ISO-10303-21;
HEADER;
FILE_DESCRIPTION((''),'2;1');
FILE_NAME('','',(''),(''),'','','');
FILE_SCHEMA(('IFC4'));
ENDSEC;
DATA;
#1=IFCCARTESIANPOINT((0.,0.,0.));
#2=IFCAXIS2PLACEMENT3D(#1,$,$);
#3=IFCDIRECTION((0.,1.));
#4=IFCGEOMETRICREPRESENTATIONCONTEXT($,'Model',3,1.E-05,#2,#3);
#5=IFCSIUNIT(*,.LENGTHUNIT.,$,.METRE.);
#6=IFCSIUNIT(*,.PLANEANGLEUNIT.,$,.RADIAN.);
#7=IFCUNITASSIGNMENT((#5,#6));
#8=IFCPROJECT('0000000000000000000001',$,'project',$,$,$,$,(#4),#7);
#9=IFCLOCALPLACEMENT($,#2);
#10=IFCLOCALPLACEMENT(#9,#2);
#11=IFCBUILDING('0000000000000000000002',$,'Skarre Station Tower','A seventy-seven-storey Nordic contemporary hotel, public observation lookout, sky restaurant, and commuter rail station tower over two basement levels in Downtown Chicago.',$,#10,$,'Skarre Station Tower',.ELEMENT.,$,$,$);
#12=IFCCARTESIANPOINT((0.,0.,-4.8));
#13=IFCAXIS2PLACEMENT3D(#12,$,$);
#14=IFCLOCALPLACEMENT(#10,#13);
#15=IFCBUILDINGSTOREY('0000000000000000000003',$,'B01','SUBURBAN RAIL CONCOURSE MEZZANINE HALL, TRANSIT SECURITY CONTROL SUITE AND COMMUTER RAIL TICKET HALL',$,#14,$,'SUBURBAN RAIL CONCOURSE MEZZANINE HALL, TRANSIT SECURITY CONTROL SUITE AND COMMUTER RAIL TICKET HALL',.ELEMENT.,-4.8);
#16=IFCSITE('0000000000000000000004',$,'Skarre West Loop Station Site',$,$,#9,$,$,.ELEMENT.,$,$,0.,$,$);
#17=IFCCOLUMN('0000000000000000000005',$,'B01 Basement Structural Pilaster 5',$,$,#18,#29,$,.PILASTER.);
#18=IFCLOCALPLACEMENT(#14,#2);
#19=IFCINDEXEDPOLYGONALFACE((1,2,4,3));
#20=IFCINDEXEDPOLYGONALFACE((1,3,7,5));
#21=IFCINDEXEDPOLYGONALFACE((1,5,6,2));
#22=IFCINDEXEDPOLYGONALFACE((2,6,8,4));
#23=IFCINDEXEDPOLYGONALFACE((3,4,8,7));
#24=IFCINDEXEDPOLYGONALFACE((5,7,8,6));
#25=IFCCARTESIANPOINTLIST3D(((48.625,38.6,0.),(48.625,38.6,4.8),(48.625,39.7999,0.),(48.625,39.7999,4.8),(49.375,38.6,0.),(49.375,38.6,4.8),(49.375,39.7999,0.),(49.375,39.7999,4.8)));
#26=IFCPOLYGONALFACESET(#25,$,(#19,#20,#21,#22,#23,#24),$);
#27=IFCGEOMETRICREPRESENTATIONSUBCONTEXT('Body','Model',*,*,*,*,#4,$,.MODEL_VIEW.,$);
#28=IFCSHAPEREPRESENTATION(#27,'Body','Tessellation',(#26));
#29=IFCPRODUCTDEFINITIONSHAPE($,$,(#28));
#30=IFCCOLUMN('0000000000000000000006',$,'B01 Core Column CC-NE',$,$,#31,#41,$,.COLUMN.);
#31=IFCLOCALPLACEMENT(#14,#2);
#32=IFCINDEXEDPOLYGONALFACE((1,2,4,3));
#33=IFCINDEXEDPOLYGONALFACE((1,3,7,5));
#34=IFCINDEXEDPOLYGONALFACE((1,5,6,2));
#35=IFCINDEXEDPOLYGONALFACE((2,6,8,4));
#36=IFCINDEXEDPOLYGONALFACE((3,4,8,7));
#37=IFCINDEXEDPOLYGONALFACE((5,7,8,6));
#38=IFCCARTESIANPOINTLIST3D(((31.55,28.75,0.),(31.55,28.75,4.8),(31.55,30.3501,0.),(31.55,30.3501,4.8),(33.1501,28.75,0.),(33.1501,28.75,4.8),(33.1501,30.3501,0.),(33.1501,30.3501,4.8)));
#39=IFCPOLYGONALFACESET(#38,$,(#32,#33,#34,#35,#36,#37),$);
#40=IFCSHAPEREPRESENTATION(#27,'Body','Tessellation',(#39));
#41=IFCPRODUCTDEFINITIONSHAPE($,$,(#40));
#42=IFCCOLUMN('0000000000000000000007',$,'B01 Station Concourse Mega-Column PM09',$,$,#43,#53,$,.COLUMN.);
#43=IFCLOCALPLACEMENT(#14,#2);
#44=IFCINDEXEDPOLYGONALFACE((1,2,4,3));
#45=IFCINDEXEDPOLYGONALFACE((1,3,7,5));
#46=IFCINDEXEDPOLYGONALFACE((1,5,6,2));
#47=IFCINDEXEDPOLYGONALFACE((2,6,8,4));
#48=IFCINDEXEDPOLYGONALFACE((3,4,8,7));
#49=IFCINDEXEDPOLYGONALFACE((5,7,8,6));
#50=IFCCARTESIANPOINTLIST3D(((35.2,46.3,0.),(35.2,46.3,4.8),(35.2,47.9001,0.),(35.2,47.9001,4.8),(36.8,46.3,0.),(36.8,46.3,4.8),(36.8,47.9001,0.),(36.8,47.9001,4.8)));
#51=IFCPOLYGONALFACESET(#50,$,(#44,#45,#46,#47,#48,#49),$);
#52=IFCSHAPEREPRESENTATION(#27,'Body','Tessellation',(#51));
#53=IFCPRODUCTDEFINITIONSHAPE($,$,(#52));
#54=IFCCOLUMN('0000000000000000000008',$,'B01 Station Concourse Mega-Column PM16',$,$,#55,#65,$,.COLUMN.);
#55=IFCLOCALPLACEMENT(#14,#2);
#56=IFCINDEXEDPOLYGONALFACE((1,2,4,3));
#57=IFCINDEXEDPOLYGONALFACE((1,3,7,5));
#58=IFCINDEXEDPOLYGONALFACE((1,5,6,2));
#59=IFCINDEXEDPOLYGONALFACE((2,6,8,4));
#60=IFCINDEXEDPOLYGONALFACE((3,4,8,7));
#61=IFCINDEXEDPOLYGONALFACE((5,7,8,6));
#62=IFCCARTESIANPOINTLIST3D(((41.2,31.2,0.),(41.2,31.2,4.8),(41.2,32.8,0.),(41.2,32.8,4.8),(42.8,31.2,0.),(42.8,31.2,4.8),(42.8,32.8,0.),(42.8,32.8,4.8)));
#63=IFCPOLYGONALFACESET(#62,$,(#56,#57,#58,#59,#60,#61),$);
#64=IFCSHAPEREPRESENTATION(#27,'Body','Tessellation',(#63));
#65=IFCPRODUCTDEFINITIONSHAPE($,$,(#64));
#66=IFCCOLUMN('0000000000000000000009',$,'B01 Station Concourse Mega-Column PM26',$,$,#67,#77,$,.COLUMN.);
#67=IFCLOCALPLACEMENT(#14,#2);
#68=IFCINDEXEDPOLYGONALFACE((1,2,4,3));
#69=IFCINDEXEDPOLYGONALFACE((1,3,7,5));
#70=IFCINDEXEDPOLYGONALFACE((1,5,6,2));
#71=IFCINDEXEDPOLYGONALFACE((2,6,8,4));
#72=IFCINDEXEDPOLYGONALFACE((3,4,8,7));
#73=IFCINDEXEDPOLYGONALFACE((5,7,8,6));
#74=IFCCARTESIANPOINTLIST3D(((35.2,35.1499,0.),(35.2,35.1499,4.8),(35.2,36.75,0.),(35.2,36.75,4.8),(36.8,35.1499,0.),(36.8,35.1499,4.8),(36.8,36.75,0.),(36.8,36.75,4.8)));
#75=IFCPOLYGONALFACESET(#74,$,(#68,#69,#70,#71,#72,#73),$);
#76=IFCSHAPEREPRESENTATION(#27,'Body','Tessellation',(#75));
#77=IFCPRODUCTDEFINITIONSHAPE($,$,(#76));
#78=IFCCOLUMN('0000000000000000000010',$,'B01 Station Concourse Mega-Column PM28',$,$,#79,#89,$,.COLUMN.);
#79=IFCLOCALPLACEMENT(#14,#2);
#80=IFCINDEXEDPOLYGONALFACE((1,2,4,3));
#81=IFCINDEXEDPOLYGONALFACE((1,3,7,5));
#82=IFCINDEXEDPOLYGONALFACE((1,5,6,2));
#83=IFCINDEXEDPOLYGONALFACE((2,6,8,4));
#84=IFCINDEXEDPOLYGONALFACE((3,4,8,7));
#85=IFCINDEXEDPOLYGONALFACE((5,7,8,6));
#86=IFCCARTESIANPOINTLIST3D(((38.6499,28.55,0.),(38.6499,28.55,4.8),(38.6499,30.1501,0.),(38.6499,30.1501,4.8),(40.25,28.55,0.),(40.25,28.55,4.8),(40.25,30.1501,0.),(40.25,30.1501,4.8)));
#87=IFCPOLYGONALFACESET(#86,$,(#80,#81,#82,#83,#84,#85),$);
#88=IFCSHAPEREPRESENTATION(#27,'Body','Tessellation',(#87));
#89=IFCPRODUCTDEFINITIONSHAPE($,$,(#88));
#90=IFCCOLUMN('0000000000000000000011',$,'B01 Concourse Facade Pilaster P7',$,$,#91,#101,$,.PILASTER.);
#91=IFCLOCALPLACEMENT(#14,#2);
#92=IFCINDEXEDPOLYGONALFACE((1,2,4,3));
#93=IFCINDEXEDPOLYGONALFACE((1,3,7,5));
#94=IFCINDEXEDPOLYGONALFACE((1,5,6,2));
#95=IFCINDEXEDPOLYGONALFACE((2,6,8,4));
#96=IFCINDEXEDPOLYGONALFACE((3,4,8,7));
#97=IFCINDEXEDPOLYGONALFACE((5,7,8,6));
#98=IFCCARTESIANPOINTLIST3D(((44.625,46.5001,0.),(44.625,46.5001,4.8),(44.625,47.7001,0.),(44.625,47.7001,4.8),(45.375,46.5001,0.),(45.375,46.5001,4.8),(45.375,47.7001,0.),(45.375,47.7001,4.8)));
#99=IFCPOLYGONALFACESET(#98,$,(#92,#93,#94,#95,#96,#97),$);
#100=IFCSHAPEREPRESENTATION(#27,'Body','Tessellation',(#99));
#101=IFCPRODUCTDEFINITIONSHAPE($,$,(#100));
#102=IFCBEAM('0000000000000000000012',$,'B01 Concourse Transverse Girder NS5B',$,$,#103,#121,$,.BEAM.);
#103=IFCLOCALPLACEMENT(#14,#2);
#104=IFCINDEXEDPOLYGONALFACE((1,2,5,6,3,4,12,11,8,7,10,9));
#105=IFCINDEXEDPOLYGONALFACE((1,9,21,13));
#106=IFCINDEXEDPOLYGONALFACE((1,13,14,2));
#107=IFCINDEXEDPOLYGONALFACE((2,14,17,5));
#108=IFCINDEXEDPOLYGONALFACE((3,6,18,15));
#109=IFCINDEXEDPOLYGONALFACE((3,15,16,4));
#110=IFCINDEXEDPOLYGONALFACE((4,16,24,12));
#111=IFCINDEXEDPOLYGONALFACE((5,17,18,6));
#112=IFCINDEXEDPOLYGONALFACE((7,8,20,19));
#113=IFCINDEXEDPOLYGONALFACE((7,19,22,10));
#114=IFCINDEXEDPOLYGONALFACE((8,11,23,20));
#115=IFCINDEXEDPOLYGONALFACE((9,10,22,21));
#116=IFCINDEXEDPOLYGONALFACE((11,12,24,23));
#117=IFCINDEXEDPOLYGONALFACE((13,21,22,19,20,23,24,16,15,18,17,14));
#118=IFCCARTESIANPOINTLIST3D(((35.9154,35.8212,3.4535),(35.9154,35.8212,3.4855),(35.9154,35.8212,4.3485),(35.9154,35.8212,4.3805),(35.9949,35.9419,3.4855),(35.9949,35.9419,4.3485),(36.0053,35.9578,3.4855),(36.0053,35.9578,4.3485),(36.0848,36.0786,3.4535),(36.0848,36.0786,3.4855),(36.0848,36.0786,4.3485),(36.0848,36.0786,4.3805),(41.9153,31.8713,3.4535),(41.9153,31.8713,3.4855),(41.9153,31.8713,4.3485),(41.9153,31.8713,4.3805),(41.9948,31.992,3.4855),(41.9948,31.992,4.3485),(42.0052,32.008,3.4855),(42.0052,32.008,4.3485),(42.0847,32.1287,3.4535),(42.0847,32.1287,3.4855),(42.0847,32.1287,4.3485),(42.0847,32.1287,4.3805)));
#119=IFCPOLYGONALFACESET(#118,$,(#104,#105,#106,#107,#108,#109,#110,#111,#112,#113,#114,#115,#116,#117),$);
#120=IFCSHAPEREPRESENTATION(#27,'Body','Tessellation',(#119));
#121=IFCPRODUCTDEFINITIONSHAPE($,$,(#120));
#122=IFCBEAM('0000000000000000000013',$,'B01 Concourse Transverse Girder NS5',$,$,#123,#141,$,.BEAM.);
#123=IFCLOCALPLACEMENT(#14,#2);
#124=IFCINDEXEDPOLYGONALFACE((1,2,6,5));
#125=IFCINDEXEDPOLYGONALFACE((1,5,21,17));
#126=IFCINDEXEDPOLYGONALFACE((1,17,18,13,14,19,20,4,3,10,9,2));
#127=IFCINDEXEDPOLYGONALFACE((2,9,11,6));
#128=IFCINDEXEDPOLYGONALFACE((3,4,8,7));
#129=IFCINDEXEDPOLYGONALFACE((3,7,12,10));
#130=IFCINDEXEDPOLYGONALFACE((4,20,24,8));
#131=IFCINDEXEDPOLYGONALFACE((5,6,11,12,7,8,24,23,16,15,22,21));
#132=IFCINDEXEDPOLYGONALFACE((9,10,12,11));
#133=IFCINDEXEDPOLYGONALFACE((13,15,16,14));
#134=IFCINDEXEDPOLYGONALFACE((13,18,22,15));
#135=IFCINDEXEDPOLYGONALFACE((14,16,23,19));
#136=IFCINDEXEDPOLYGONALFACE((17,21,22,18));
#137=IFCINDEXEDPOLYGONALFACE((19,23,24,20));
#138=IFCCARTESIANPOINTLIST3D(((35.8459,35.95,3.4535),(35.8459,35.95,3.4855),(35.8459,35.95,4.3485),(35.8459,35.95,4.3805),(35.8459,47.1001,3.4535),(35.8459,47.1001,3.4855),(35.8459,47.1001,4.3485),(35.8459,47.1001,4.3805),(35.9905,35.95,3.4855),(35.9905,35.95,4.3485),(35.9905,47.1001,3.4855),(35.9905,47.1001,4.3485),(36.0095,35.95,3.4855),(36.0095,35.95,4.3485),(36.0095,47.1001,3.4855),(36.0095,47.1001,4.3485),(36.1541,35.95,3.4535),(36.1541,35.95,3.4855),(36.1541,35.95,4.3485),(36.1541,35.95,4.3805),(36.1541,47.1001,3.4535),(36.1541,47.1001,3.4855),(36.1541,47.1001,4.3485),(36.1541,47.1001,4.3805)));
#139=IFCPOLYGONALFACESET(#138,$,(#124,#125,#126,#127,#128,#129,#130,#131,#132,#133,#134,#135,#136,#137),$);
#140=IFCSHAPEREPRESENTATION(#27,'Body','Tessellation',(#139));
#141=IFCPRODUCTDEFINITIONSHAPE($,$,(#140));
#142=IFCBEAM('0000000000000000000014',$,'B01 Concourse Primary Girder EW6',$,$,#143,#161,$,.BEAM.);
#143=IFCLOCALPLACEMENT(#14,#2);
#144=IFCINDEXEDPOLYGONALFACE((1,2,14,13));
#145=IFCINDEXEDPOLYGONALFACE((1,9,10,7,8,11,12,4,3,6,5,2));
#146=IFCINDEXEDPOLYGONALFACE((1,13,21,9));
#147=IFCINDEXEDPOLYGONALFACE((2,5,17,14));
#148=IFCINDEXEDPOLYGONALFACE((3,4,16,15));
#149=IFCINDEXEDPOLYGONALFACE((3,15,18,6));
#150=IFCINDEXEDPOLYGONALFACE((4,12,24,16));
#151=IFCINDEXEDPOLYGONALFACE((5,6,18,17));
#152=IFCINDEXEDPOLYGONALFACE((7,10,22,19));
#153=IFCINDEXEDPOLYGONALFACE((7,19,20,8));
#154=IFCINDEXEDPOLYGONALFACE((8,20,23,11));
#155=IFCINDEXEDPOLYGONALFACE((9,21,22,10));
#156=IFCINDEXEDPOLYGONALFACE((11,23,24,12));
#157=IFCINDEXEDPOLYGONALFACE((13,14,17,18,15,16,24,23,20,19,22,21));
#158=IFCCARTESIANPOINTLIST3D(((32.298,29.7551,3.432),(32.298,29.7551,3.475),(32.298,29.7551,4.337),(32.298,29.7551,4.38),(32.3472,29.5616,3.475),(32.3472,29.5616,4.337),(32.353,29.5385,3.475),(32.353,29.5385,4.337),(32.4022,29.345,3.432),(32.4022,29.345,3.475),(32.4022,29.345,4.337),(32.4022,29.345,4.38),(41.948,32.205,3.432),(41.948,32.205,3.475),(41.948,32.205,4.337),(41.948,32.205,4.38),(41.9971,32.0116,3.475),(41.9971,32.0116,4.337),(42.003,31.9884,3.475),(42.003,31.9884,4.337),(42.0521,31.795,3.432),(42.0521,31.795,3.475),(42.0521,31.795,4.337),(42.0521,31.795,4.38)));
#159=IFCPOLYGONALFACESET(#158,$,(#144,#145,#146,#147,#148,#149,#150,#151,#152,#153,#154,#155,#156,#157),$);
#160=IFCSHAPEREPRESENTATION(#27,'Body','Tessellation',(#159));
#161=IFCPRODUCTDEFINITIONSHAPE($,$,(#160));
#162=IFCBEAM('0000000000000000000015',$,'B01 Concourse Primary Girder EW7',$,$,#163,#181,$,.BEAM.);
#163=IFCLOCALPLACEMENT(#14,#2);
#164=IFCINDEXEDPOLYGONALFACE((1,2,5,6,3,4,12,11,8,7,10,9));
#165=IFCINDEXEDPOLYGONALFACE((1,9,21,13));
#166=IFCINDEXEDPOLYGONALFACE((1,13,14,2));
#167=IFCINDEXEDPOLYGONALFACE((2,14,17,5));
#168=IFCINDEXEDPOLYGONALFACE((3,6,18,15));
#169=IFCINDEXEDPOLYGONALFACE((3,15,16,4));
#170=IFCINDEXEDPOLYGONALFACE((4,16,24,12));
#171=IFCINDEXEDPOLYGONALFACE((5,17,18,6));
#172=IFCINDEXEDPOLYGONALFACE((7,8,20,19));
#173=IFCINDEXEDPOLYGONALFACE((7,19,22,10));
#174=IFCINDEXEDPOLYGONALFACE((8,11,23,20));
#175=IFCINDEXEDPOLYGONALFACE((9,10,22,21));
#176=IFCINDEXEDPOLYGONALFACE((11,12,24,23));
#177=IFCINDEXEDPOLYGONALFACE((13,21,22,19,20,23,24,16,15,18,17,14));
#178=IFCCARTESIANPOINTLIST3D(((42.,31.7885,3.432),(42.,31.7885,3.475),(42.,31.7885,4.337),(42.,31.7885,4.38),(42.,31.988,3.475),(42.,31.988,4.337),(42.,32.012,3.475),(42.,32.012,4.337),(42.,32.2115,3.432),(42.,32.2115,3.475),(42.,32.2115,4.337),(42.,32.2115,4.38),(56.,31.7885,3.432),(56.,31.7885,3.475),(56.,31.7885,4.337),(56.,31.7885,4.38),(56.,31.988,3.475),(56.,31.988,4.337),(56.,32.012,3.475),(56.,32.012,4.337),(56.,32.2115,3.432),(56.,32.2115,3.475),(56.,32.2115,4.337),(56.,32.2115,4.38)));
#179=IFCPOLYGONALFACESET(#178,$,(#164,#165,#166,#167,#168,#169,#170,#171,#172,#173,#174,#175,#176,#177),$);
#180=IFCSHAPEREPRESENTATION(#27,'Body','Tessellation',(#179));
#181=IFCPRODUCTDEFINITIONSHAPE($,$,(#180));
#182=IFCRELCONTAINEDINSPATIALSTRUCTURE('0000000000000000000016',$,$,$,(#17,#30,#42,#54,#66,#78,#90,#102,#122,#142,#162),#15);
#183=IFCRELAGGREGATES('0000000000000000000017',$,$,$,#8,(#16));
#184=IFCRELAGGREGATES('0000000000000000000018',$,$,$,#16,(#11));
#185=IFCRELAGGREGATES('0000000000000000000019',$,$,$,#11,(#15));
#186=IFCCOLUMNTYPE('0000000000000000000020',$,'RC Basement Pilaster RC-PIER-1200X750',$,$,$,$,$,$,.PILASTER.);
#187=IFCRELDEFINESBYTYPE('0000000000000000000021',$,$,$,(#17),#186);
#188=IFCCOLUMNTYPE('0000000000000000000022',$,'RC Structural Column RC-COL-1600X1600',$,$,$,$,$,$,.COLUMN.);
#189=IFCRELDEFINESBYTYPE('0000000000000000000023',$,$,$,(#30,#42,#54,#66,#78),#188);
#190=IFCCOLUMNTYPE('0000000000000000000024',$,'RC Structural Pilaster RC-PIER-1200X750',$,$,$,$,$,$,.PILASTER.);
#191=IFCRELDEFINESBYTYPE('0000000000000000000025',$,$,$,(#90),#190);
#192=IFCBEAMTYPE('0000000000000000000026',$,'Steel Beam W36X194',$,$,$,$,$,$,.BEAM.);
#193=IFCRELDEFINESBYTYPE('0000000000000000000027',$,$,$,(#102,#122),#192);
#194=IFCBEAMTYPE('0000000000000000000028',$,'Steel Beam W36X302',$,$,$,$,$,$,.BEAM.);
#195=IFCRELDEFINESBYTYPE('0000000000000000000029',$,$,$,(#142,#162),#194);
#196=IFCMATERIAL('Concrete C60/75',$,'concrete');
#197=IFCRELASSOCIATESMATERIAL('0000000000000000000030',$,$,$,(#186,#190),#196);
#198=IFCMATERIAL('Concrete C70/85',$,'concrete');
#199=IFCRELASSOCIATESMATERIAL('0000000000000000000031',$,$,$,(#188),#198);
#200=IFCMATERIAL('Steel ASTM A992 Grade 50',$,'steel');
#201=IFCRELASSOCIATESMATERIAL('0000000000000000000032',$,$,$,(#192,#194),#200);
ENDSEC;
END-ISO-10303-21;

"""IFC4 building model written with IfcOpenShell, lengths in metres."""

from ifc_helpers import new_model, si_unit, direction, frame, origin, origin_2d, place, context, subcontext, project, spatial, rectangle, i_section, extrude, material, material_profile, profile_set, type_object, element, save


model = new_model("IFC4")

# Units and contexts
model_context = context("Model", 3, precision=1e-05, world=origin(), true_north=direction((0.0, 1.0)))
body_context = subcontext(model_context, "Body", "Model", "MODEL_VIEW")
ifc_project = project(units=[si_unit("LENGTHUNIT", "METRE"), si_unit("PLANEANGLEUNIT", "RADIAN")], contexts=[model_context])

# Site, building, storey
site_placement = place(None, origin())
site = spatial("IfcSite", under=ifc_project, at=site_placement, Name="Skarre West Loop Station Site", CompositionType="ELEMENT", RefElevation=0.0)
building_placement = place(site_placement, origin())
building = spatial("IfcBuilding", under=site, at=building_placement, Name="Skarre Station Tower", Description="A seventy-seven-storey Nordic contemporary hotel, public observation lookout, sky restaurant, and commuter rail station tower over two basement levels in Downtown Chicago.", LongName="Skarre Station Tower", CompositionType="ELEMENT")
storey_placement = place(building_placement, frame((0.0, 0.0, -4.8)))
storey = spatial("IfcBuildingStorey", under=building, at=storey_placement, Name="B01", Description="SUBURBAN RAIL CONCOURSE MEZZANINE HALL, TRANSIT SECURITY CONTROL SUITE AND COMMUTER RAIL TICKET HALL", LongName="SUBURBAN RAIL CONCOURSE MEZZANINE HALL, TRANSIT SECURITY CONTROL SUITE AND COMMUTER RAIL TICKET HALL", CompositionType="ELEMENT", Elevation=-4.8)

# Columns
ifc_material_1 = material(Name="Concrete C60/75", Category="concrete")
ifc_material_profile_1 = material_profile(ifc_material_1, rectangle(XDim=0.75, YDim=1.2, at=origin_2d()), Name="Concrete C60/75")
ifc_profile_set_1 = profile_set([ifc_material_profile_1], Name="Concrete C60/75")
column_type_1 = type_object("IfcColumnType", Name="RC Basement Pilaster RC-PIER-1200X750", PredefinedType="PILASTER", material=ifc_profile_set_1)
column_1_placement = place(storey_placement, frame((49.0, 39.2, 0.0), z_axis=(0.0, 0.0, 1.0), x_axis=(1.0, 0.0, 0.0)))
element("IfcColumn", 1, at=column_1_placement, inside=storey, type_object=column_type_1, Name="B01 Basement Structural Pilaster 5", PredefinedType="PILASTER", context=body_context, shape_type="SweptSolid", body=[
    extrude(rectangle(XDim=0.75, YDim=1.2, at=origin_2d()), origin(), (0.0, 0.0, 1.0), 4.8),
])
ifc_material_2 = material(Name="Concrete C70/85", Category="concrete")
ifc_material_profile_2 = material_profile(ifc_material_2, rectangle(XDim=1.6001, YDim=1.6001, at=origin_2d()), Name="Concrete C70/85")
ifc_profile_set_2 = profile_set([ifc_material_profile_2], Name="Concrete C70/85")
column_type_2 = type_object("IfcColumnType", Name="RC Structural Column RC-COL-1600X1600", PredefinedType="COLUMN", material=ifc_profile_set_2)
for number, where, z_axis, x_axis, name in (
    (2, (32.3501, 29.55, 0.0), (0.0, 0.0, 1.0), (1.0, 0.0, 0.0), "B01 Core Column CC-NE"),
    (3, (36.0, 47.1001, 0.0), (0.0, 0.0, 1.0), (1.0, 0.0, 0.0), "B01 Station Concourse Mega-Column PM09"),
    (4, (42.0, 32.0, 0.0), (0.0, 0.0, 1.0), (1.0, 0.0, 0.0), "B01 Station Concourse Mega-Column PM16"),
    (5, (36.0, 35.95, 0.0), (0.0, 0.0, 1.0), (1.0, 0.0, 0.0), "B01 Station Concourse Mega-Column PM26"),
    (6, (39.45, 29.3501, 0.0), (0.0, 0.0, 1.0), (1.0, 0.0, 0.0), "B01 Station Concourse Mega-Column PM28"),
):
    element("IfcColumn", number, at=place(storey_placement, frame(where, z_axis=z_axis, x_axis=x_axis)), inside=storey, type_object=column_type_2, Name=name, PredefinedType="COLUMN", context=body_context, shape_type="SweptSolid", body=[
        extrude(rectangle(XDim=1.6001, YDim=1.6001, at=origin_2d()), origin(), (0.0, 0.0, 1.0), 4.8),
    ])
ifc_material_profile_3 = material_profile(ifc_material_1, rectangle(XDim=0.75, YDim=1.2, at=origin_2d()), Name="Concrete C60/75")
ifc_profile_set_3 = profile_set([ifc_material_profile_3], Name="Concrete C60/75")
column_type_3 = type_object("IfcColumnType", Name="RC Structural Pilaster RC-PIER-1200X750", PredefinedType="PILASTER", material=ifc_profile_set_3)
column_2_placement = place(storey_placement, frame((45.0, 47.1001, 0.0), z_axis=(0.0, 0.0, 1.0), x_axis=(1.0, 0.0, 0.0)))
element("IfcColumn", 7, at=column_2_placement, inside=storey, type_object=column_type_3, Name="B01 Concourse Facade Pilaster P7", PredefinedType="PILASTER", context=body_context, shape_type="SweptSolid", body=[
    extrude(rectangle(XDim=0.75, YDim=1.2, at=origin_2d()), origin(), (0.0, 0.0, 1.0), 4.8),
])

# Beams
ifc_material_3 = material(Name="Steel ASTM A992 Grade 50", Category="steel")
ifc_material_profile_4 = material_profile(ifc_material_3, i_section(OverallWidth=0.3081, OverallDepth=0.927, WebThickness=0.019, FlangeThickness=0.032, at=origin_2d()), Name="Steel ASTM A992 Grade 50")
ifc_profile_set_4 = profile_set([ifc_material_profile_4], Name="Steel ASTM A992 Grade 50")
beam_type_1 = type_object("IfcBeamType", Name="Steel Beam W36X194", PredefinedType="BEAM", material=ifc_profile_set_4)
beam_1_placement = place(storey_placement, frame((42.0, 32.0, 3.917), z_axis=(-0.835252, 0.549867, 0.0), x_axis=(-0.549867, -0.835252, 0.0)))
element("IfcBeam", 8, at=beam_1_placement, inside=storey, type_object=beam_type_1, Name="B01 Concourse Transverse Girder NS5B", PredefinedType="BEAM", context=body_context, shape_type="SweptSolid", body=[
    extrude(i_section(OverallWidth=0.3081, OverallDepth=0.927, WebThickness=0.019, FlangeThickness=0.032, at=origin_2d()), origin(), (0.0, 0.0, 1.0), 7.1833),
])
beam_2_placement = place(storey_placement, frame((36.0, 35.95, 3.917), z_axis=(0.0, 1.0, 0.0), x_axis=(-1.0, 0.0, 0.0)))
element("IfcBeam", 9, at=beam_2_placement, inside=storey, type_object=beam_type_1, Name="B01 Concourse Transverse Girder NS5", PredefinedType="BEAM", context=body_context, shape_type="SweptSolid", body=[
    extrude(i_section(OverallWidth=0.3081, OverallDepth=0.927, WebThickness=0.019, FlangeThickness=0.032, at=origin_2d()), origin(), (0.0, 0.0, 1.0), 11.1501),
])
ifc_material_profile_5 = material_profile(ifc_material_3, i_section(OverallWidth=0.4231, OverallDepth=0.948, WebThickness=0.0239, FlangeThickness=0.043, at=origin_2d()), Name="Steel ASTM A992 Grade 50")
ifc_profile_set_5 = profile_set([ifc_material_profile_5], Name="Steel ASTM A992 Grade 50")
beam_type_2 = type_object("IfcBeamType", Name="Steel Beam W36X302", PredefinedType="BEAM", material=ifc_profile_set_5)
beam_3_placement = place(storey_placement, frame((32.3501, 29.55, 3.906), z_axis=(0.96925, 0.246077, 0.0), x_axis=(-0.246077, 0.96925, 0.0)))
element("IfcBeam", 10, at=beam_3_placement, inside=storey, type_object=beam_type_2, Name="B01 Concourse Primary Girder EW6", PredefinedType="BEAM", context=body_context, shape_type="SweptSolid", body=[
    extrude(i_section(OverallWidth=0.4231, OverallDepth=0.948, WebThickness=0.0239, FlangeThickness=0.043, at=origin_2d()), origin(), (0.0, 0.0, 1.0), 9.9561),
])
beam_4_placement = place(storey_placement, frame((42.0, 32.0, 3.906), z_axis=(1.0, 0.0, 0.0), x_axis=(0.0, 1.0, 0.0)))
element("IfcBeam", 11, at=beam_4_placement, inside=storey, type_object=beam_type_2, Name="B01 Concourse Primary Girder EW7", PredefinedType="BEAM", context=body_context, shape_type="SweptSolid", body=[
    extrude(i_section(OverallWidth=0.4231, OverallDepth=0.948, WebThickness=0.0239, FlangeThickness=0.043, at=origin_2d()), origin(), (0.0, 0.0, 1.0), 14.0),
])

save(model, "model.ifc")
